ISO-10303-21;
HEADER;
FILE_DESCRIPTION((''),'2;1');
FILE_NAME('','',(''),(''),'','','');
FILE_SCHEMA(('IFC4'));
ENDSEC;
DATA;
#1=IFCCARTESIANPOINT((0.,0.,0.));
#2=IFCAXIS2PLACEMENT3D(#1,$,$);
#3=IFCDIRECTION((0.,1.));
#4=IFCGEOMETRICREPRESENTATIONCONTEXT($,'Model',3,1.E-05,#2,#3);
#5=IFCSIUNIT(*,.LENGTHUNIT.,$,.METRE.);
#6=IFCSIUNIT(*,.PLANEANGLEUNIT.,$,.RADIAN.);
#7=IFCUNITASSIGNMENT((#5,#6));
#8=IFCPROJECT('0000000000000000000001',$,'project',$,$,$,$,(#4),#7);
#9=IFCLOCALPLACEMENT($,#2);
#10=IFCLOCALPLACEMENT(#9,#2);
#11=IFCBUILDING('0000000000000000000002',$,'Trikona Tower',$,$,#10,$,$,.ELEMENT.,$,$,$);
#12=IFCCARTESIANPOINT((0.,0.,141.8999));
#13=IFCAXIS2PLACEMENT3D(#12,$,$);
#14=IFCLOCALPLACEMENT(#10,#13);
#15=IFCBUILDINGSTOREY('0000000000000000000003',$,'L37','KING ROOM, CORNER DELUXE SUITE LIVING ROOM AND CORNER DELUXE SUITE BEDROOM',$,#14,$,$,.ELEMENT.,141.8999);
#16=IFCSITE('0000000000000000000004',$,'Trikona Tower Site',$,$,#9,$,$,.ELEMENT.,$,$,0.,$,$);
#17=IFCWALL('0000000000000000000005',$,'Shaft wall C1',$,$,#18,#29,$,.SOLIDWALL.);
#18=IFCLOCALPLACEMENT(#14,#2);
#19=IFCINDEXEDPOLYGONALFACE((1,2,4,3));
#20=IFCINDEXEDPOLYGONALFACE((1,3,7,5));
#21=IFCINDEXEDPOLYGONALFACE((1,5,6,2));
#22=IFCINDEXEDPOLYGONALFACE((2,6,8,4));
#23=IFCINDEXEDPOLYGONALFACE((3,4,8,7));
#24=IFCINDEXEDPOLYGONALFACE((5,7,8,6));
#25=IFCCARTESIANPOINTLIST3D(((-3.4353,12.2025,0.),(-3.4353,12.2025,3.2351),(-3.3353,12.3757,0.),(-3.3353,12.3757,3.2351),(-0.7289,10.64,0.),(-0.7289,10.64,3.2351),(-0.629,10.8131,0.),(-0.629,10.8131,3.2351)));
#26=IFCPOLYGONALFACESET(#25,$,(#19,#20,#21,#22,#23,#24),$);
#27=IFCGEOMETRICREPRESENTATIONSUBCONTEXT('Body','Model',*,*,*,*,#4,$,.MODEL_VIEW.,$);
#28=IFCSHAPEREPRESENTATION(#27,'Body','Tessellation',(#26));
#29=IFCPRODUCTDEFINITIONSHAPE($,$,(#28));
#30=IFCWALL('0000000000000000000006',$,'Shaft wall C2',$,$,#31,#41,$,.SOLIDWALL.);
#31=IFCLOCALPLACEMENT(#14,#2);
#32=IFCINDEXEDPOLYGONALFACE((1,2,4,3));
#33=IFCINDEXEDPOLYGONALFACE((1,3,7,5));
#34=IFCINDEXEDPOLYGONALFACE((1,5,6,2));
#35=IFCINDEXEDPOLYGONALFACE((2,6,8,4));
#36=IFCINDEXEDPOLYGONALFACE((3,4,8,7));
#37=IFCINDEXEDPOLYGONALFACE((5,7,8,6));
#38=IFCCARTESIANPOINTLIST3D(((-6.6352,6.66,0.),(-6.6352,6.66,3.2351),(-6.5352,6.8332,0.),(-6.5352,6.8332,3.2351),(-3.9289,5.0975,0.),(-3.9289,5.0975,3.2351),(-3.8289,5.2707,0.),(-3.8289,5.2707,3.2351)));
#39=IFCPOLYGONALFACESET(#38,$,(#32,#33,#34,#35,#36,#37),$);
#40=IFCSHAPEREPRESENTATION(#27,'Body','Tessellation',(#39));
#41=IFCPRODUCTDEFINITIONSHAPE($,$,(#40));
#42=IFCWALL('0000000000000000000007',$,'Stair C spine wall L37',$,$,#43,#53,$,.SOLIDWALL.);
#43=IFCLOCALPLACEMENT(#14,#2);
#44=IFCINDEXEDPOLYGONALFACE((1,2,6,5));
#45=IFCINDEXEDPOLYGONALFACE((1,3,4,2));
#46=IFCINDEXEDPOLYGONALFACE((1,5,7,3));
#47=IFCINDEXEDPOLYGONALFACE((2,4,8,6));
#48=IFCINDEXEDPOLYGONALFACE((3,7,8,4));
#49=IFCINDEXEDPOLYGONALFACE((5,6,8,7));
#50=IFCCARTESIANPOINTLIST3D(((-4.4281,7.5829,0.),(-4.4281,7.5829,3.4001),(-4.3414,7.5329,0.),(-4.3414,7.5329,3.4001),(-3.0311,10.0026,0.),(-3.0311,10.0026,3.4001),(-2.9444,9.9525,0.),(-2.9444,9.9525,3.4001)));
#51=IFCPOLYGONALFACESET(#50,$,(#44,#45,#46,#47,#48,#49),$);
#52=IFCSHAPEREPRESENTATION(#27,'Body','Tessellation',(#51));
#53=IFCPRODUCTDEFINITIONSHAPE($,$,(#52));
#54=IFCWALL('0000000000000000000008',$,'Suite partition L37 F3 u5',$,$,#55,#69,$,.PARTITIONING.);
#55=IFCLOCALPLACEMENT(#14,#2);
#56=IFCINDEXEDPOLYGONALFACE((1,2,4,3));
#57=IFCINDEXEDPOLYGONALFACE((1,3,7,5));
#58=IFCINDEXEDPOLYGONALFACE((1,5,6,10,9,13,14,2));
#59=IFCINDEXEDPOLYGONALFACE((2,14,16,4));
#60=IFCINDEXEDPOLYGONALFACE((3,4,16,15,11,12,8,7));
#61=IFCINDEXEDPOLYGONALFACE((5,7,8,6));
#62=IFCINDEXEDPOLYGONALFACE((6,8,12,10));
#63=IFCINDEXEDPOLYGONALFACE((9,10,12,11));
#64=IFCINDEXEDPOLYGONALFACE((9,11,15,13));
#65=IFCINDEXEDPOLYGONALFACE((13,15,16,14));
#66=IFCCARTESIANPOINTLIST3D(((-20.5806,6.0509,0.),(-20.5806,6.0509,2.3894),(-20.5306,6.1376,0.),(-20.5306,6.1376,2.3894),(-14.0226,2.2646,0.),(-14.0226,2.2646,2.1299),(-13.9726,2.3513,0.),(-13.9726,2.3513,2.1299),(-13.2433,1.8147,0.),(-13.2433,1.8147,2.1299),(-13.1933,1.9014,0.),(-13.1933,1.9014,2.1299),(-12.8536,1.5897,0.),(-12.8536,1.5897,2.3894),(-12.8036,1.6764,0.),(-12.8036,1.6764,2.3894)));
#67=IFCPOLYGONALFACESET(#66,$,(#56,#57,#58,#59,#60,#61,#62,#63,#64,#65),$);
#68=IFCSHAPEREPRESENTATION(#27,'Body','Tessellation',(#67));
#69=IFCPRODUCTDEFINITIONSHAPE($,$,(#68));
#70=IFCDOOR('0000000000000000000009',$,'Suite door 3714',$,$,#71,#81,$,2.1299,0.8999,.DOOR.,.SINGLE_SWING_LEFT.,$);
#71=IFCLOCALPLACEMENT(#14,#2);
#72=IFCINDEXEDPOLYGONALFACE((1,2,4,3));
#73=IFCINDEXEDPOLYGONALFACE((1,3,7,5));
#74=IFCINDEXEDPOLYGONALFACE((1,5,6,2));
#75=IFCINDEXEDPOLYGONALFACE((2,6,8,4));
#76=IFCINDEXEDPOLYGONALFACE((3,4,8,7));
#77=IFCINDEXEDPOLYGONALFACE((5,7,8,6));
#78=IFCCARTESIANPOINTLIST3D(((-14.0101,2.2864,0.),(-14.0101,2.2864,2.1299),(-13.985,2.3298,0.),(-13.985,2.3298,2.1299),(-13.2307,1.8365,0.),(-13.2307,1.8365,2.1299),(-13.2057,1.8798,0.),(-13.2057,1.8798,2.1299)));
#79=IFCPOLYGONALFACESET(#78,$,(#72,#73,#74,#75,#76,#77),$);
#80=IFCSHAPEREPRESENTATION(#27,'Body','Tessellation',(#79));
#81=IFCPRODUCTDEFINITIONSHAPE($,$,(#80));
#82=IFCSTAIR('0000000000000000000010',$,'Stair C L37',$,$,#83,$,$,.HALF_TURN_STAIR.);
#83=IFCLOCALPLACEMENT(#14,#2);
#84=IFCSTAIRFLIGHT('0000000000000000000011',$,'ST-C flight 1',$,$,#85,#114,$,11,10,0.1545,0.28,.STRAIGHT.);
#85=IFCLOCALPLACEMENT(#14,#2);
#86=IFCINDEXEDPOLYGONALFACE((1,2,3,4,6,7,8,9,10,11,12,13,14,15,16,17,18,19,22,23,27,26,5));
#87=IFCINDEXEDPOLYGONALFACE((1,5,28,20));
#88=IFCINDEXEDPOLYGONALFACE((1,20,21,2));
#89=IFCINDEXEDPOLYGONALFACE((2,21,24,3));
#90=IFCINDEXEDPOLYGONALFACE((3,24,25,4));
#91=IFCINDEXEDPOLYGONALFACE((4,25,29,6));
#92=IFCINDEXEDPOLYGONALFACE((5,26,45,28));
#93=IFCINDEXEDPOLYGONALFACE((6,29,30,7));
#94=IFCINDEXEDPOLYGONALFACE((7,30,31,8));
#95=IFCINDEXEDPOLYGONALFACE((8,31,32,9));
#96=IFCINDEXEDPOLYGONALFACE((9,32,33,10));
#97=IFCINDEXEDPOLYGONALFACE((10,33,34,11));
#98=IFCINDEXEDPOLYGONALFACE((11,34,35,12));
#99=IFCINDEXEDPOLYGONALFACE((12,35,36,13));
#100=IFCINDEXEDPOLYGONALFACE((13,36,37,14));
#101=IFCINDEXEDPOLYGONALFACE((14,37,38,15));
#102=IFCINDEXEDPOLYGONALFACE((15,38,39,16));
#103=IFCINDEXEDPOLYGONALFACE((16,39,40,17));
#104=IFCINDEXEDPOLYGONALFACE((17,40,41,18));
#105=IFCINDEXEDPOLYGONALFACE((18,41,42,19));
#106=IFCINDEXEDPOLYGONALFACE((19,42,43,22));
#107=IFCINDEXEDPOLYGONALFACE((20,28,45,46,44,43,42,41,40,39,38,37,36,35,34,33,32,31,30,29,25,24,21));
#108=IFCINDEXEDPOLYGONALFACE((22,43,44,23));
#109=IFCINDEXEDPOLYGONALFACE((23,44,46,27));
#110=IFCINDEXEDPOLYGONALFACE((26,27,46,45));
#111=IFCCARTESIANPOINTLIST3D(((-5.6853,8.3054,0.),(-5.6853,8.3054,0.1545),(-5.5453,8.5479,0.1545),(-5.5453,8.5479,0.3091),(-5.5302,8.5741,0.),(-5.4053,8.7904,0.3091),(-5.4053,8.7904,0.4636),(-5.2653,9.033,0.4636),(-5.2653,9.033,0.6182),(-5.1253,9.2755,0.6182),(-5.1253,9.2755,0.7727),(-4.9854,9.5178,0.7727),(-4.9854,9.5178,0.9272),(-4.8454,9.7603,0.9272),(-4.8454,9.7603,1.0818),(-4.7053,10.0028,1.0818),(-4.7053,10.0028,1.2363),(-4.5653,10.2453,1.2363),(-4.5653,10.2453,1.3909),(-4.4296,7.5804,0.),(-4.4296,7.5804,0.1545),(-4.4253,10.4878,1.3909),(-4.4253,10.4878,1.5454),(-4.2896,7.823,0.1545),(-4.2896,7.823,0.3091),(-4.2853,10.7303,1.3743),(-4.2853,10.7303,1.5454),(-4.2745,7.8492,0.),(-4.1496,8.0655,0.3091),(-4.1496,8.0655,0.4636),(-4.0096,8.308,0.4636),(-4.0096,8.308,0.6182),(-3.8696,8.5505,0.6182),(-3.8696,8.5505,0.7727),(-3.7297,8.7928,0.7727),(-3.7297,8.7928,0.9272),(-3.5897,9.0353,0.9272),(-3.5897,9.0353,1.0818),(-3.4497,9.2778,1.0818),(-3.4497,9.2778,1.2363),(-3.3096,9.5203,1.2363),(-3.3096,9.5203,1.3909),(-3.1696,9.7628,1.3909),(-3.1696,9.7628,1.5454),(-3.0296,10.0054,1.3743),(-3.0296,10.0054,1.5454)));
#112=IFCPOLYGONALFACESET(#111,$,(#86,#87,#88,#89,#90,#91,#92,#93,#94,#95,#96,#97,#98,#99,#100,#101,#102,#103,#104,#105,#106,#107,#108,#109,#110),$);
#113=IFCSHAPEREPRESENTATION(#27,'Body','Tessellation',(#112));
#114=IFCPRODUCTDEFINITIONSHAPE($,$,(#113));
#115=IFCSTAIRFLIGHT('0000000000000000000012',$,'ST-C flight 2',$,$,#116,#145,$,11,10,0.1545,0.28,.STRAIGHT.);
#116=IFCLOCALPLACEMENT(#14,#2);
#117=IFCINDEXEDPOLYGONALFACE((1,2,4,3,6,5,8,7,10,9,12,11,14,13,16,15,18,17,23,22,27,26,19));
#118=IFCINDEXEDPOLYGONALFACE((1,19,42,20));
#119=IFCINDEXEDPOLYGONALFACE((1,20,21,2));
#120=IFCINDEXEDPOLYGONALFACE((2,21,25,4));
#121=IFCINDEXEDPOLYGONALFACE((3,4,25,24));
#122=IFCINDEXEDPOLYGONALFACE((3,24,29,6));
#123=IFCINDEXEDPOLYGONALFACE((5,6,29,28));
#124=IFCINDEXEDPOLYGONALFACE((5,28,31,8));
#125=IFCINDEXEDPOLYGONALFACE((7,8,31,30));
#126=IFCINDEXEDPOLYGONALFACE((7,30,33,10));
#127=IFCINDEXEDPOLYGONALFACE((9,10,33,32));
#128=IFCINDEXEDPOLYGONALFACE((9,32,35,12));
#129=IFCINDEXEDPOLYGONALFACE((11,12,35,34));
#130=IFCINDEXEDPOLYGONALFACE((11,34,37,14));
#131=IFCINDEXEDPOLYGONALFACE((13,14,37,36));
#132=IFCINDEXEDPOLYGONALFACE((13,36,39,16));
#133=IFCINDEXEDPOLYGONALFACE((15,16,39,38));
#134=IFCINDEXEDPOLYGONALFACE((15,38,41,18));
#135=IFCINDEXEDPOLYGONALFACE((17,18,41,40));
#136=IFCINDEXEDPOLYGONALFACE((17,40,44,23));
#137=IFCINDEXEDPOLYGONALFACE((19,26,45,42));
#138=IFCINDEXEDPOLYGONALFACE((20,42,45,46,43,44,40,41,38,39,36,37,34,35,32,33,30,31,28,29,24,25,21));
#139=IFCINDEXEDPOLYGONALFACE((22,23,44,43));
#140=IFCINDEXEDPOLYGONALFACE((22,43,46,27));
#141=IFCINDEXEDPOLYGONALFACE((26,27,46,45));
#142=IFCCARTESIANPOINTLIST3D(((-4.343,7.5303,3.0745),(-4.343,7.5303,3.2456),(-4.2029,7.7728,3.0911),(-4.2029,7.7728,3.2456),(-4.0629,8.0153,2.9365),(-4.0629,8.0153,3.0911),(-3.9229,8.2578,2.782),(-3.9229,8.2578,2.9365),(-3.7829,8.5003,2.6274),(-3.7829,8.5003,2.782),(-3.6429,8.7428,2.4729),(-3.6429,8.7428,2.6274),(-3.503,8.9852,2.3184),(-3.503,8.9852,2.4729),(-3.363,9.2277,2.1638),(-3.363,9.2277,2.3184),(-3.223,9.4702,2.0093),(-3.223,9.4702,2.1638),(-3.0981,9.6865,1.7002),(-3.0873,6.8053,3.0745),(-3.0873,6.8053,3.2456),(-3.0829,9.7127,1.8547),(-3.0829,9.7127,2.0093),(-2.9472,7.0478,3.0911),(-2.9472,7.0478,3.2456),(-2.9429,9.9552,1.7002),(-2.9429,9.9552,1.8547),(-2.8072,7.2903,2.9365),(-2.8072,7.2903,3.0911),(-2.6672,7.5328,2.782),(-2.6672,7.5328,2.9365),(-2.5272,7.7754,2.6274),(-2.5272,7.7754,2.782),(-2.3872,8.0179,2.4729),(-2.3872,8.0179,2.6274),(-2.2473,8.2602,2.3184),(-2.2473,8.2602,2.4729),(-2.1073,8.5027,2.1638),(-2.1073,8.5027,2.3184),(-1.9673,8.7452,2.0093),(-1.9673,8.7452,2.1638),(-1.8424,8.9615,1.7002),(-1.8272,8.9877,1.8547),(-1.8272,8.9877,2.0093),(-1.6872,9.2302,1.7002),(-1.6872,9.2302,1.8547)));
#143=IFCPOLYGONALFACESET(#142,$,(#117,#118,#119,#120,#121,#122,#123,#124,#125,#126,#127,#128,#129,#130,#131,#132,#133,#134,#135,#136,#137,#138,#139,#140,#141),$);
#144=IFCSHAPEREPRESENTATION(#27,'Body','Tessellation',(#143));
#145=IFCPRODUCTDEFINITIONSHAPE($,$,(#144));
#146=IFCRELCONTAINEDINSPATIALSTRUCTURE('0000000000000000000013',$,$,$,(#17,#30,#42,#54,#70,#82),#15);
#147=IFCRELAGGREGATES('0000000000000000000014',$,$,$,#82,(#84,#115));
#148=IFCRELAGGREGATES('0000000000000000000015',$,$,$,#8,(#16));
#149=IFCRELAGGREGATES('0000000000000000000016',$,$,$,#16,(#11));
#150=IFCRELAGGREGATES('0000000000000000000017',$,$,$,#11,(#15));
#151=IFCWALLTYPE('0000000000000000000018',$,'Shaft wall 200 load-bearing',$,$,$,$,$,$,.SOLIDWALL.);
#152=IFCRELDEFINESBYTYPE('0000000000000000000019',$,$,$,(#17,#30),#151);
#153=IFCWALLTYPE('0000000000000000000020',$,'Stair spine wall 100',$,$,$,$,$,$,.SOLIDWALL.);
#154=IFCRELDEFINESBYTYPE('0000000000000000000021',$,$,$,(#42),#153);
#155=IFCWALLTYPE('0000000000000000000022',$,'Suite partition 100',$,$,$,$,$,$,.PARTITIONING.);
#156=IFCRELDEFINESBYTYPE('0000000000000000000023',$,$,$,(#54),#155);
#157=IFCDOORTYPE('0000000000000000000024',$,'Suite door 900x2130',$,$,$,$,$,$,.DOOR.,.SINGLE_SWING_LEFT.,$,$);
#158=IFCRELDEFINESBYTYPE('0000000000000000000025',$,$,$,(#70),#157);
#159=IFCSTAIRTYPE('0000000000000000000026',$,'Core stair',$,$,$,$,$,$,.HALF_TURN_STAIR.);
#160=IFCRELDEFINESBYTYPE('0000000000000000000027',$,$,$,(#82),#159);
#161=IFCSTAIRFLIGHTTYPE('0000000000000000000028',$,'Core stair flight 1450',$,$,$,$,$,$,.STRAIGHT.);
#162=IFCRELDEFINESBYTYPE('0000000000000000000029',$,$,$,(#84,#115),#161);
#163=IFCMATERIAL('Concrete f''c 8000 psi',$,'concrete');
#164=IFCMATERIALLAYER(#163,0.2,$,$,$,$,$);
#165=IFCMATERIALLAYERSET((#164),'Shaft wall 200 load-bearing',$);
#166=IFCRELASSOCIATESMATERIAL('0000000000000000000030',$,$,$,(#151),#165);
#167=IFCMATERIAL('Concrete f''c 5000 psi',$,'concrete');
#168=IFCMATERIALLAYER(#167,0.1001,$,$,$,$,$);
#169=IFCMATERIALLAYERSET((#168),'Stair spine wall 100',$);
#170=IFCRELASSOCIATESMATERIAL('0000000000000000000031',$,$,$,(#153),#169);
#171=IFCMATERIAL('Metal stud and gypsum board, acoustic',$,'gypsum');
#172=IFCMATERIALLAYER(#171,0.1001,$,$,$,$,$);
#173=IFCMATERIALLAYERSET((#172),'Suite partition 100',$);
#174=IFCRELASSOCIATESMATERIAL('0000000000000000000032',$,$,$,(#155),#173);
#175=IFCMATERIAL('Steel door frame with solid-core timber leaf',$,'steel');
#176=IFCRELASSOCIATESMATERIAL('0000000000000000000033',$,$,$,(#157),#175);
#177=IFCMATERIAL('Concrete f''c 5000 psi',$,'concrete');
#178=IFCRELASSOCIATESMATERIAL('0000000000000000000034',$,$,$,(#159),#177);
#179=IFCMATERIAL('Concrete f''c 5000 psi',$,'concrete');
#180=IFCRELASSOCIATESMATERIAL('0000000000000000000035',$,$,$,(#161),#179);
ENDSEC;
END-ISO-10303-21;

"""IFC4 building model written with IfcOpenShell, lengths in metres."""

from ifc_helpers import new_model, si_unit, direction, frame, frame_2d, origin, place, context, subcontext, project, spatial, polyline, rectangle, outline, extrude, material, layer, layer_set, type_object, element, fill, aggregate, save


model = new_model("IFC4")

# Units and contexts
model_context = context("Model", 3, precision=1e-05, world=origin(), true_north=direction((0.0, 1.0)))
body_context = subcontext(model_context, "Body", "Model", "MODEL_VIEW")
ifc_project = project(units=[si_unit("LENGTHUNIT", "METRE"), si_unit("PLANEANGLEUNIT", "RADIAN")], contexts=[model_context])

# Site, building, storey
site_placement = place(None, origin())
site = spatial("IfcSite", under=ifc_project, at=site_placement, Name="Trikona Tower Site", CompositionType="ELEMENT", RefElevation=0.0)
building_placement = place(site_placement, origin())
building = spatial("IfcBuilding", under=site, at=building_placement, Name="Trikona Tower", CompositionType="ELEMENT")
storey_placement = place(building_placement, frame((0.0, 0.0, 141.8999)))
storey = spatial("IfcBuildingStorey", under=building, at=storey_placement, Name="L37", Description="KING ROOM, CORNER DELUXE SUITE LIVING ROOM AND CORNER DELUXE SUITE BEDROOM", CompositionType="ELEMENT", Elevation=141.8999)

# Walls
ifc_material_1 = material(Name="Concrete f'c 8000 psi", Category="concrete")
ifc_layer_1 = layer(ifc_material_1, 0.2)
ifc_layer_set_1 = layer_set([ifc_layer_1], Name="Shaft wall 200 load-bearing")
wall_type_1 = type_object("IfcWallType", Name="Shaft wall 200 load-bearing", PredefinedType="SOLIDWALL", material=ifc_layer_set_1)
for number, where, z_axis, x_axis, name in (
    (1, (-0.679, 10.7266, 0.0), (0.0, 0.0, 1.0), (-0.866023, 0.500004, 0.0), "Shaft wall C1"),
    (2, (-3.8789, 5.1841, 0.0), (0.0, 0.0, 1.0), (-0.866023, 0.500004, 0.0), "Shaft wall C2"),
):
    element("IfcWall", number, at=place(storey_placement, frame(where, z_axis=z_axis, x_axis=x_axis)), inside=storey, type_object=wall_type_1, Name=name, PredefinedType="SOLIDWALL", context=body_context, shape_type="SweptSolid", body=[
        extrude(rectangle(XDim=3.125, YDim=0.2, at=frame_2d((1.5625, 0.0))), origin(), (0.0, 0.0, 1.0), 3.2351),
    ])
ifc_material_2 = material(Name="Concrete f'c 5000 psi", Category="concrete")
ifc_layer_2 = layer(ifc_material_2, 0.1001)
ifc_layer_set_2 = layer_set([ifc_layer_2], Name="Stair spine wall 100")
wall_type_2 = type_object("IfcWallType", Name="Stair spine wall 100", PredefinedType="SOLIDWALL", material=ifc_layer_set_2)
wall_1_placement = place(storey_placement, frame((-2.9878, 9.9775, 0.0), z_axis=(0.0, 0.0, 1.0), x_axis=(-0.499992, -0.86603, 0.0)))
element("IfcWall", 3, at=wall_1_placement, inside=storey, type_object=wall_type_2, Name="Stair C spine wall L37", PredefinedType="SOLIDWALL", context=body_context, shape_type="SweptSolid", body=[
    extrude(rectangle(XDim=2.7939, YDim=0.1001, at=frame_2d((1.397, 0.0))), origin(), (0.0, 0.0, 1.0), 3.4001),
])

# Wall, opening, door
ifc_material_3 = material(Name="Metal stud and gypsum board, acoustic", Category="gypsum")
ifc_layer_3 = layer(ifc_material_3, 0.1001)
ifc_layer_set_3 = layer_set([ifc_layer_3], Name="Suite partition 100")
wall_type_3 = type_object("IfcWallType", Name="Suite partition 100", PredefinedType="PARTITIONING", material=ifc_layer_set_3)
wall_2_placement = place(storey_placement, frame((-12.8286, 1.6331, 0.0), z_axis=(0.0, 0.0, 1.0), x_axis=(-0.866027, 0.499997, 0.0)))
wall_2 = element("IfcWall", 4, at=wall_2_placement, inside=storey, type_object=wall_type_3, Name="Suite partition L37 F3 u5", PredefinedType="PARTITIONING", context=body_context, shape_type="SweptSolid", body=[
    extrude(rectangle(XDim=8.9224, YDim=0.1001, at=frame_2d((4.4612, 0.0))), origin(), (0.0, 0.0, 1.0), 2.3894),
])
opening_1_placement = place(wall_2_placement, frame((0.45, 0.0, 0.0)))
opening_1 = element("IfcOpeningElement", 5, at=opening_1_placement, cuts=wall_2, PredefinedType="OPENING", context=body_context, shape_type="SweptSolid", body=[
    extrude(rectangle(XDim=0.8999, YDim=2.1299, at=frame_2d((0.45, 1.0649))), frame((0.0, 0.0601, 0.0), z_axis=(0.0, -1.0, 0.0), x_axis=(1.0, 0.0, 0.0)), (0.0, 0.0, 1.0), 0.1201),
])
ifc_material_4 = material(Name="Steel door frame with solid-core timber leaf", Category="steel")
door_type_1 = type_object("IfcDoorType", Name="Suite door 900x2130", OperationType="SINGLE_SWING_LEFT", PredefinedType="DOOR", material=ifc_material_4)
door_1_placement = place(opening_1_placement, origin())
door_1 = element("IfcDoor", 6, at=door_1_placement, inside=storey, type_object=door_type_1, Name="Suite door 3714", OperationType="SINGLE_SWING_LEFT", OverallHeight=2.1299, OverallWidth=0.8999, PredefinedType="DOOR", context=body_context, shape_type="SweptSolid", body=[
    extrude(rectangle(XDim=0.8999, YDim=2.1299, at=frame_2d((0.45, 1.0649))), frame((0.0, 0.0249, 0.0), z_axis=(0.0, -1.0, 0.0), x_axis=(1.0, 0.0, 0.0)), (0.0, 0.0, 1.0), 0.05),
])
fill(opening_1, door_1)

# Stair, stair flights
ifc_material_5 = material(Name="Concrete f'c 5000 psi", Category="concrete")
stair_type = type_object("IfcStairType", Name="Core stair", PredefinedType="HALF_TURN_STAIR", material=ifc_material_5)
stair_placement = place(storey_placement, origin())
stair = element("IfcStair", 7, at=stair_placement, inside=storey, type_object=stair_type, Name="Stair C L37", PredefinedType="HALF_TURN_STAIR")
ifc_material_6 = material(Name="Concrete f'c 5000 psi", Category="concrete")
stair_flight_type = type_object("IfcStairFlightType", Name="Core stair flight 1450", PredefinedType="STRAIGHT", material=ifc_material_6)
stair_flight_1_placement = place(storey_placement, frame((-5.0574, 7.9429, 0.0), z_axis=(0.0, 0.0, 1.0), x_axis=(0.5, 0.866025, 0.0)))
stair_flight_1 = element("IfcStairFlight", 8, at=stair_flight_1_placement, type_object=stair_flight_type, Name="ST-C flight 1", NumberOfRisers=11, NumberOfTreads=10, PredefinedType="STRAIGHT", RiserHeight=0.1545, TreadLength=0.28, context=body_context, shape_type="SweptSolid", body=[
    extrude(outline(polyline([(0.0, 0.0), (0.0, 0.1545), (0.28, 0.1545), (0.28, 0.3091), (0.5601, 0.3091), (0.5601, 0.4636), (0.8401, 0.4636), (0.8401, 0.6182), (1.1201, 0.6182), (1.1201, 0.7727), (1.3999, 0.7727), (1.3999, 0.9272), (1.6799, 0.9272), (1.6799, 1.0818), (1.96, 1.0818), (1.96, 1.2363), (2.24, 1.2363), (2.24, 1.3909), (2.52, 1.3909), (2.52, 1.5454), (2.8, 1.5454), (2.8, 1.7), (2.8, 1.3743), (0.3103, 0.0), (0.0, 0.0)])), frame((0.0, 0.7251, 0.0), z_axis=(0.0, -1.0, 0.0), x_axis=(1.0, 0.0, 0.0)), (0.0, 0.0, 1.0), 1.45),
])
stair_flight_2_placement = place(storey_placement, frame((-2.3152, 9.5928, 1.7002), z_axis=(0.0, 0.0, 1.0), x_axis=(-0.5, -0.866025, 0.0)))
stair_flight_2 = element("IfcStairFlight", 9, at=stair_flight_2_placement, type_object=stair_flight_type, Name="ST-C flight 2", NumberOfRisers=11, NumberOfTreads=10, PredefinedType="STRAIGHT", RiserHeight=0.1545, TreadLength=0.28, context=body_context, shape_type="SweptSolid", body=[
    extrude(outline(polyline([(0.0, 0.0), (0.0, 0.1545), (0.28, 0.1545), (0.28, 0.3091), (0.5601, 0.3091), (0.5601, 0.4636), (0.8401, 0.4636), (0.8401, 0.6182), (1.1201, 0.6182), (1.1201, 0.7727), (1.3999, 0.7727), (1.3999, 0.9272), (1.6799, 0.9272), (1.6799, 1.0818), (1.96, 1.0818), (1.96, 1.2363), (2.24, 1.2363), (2.24, 1.3909), (2.52, 1.3909), (2.52, 1.5454), (2.8, 1.5454), (2.8, 1.7), (2.8, 1.3743), (0.3103, 0.0), (0.0, 0.0)])), frame((0.0, 0.7251, 0.0), z_axis=(0.0, -1.0, 0.0), x_axis=(1.0, 0.0, 0.0)), (0.0, 0.0, 1.0), 1.45),
])
aggregate(stair, [stair_flight_1, stair_flight_2])

save(model, "model.ifc")
